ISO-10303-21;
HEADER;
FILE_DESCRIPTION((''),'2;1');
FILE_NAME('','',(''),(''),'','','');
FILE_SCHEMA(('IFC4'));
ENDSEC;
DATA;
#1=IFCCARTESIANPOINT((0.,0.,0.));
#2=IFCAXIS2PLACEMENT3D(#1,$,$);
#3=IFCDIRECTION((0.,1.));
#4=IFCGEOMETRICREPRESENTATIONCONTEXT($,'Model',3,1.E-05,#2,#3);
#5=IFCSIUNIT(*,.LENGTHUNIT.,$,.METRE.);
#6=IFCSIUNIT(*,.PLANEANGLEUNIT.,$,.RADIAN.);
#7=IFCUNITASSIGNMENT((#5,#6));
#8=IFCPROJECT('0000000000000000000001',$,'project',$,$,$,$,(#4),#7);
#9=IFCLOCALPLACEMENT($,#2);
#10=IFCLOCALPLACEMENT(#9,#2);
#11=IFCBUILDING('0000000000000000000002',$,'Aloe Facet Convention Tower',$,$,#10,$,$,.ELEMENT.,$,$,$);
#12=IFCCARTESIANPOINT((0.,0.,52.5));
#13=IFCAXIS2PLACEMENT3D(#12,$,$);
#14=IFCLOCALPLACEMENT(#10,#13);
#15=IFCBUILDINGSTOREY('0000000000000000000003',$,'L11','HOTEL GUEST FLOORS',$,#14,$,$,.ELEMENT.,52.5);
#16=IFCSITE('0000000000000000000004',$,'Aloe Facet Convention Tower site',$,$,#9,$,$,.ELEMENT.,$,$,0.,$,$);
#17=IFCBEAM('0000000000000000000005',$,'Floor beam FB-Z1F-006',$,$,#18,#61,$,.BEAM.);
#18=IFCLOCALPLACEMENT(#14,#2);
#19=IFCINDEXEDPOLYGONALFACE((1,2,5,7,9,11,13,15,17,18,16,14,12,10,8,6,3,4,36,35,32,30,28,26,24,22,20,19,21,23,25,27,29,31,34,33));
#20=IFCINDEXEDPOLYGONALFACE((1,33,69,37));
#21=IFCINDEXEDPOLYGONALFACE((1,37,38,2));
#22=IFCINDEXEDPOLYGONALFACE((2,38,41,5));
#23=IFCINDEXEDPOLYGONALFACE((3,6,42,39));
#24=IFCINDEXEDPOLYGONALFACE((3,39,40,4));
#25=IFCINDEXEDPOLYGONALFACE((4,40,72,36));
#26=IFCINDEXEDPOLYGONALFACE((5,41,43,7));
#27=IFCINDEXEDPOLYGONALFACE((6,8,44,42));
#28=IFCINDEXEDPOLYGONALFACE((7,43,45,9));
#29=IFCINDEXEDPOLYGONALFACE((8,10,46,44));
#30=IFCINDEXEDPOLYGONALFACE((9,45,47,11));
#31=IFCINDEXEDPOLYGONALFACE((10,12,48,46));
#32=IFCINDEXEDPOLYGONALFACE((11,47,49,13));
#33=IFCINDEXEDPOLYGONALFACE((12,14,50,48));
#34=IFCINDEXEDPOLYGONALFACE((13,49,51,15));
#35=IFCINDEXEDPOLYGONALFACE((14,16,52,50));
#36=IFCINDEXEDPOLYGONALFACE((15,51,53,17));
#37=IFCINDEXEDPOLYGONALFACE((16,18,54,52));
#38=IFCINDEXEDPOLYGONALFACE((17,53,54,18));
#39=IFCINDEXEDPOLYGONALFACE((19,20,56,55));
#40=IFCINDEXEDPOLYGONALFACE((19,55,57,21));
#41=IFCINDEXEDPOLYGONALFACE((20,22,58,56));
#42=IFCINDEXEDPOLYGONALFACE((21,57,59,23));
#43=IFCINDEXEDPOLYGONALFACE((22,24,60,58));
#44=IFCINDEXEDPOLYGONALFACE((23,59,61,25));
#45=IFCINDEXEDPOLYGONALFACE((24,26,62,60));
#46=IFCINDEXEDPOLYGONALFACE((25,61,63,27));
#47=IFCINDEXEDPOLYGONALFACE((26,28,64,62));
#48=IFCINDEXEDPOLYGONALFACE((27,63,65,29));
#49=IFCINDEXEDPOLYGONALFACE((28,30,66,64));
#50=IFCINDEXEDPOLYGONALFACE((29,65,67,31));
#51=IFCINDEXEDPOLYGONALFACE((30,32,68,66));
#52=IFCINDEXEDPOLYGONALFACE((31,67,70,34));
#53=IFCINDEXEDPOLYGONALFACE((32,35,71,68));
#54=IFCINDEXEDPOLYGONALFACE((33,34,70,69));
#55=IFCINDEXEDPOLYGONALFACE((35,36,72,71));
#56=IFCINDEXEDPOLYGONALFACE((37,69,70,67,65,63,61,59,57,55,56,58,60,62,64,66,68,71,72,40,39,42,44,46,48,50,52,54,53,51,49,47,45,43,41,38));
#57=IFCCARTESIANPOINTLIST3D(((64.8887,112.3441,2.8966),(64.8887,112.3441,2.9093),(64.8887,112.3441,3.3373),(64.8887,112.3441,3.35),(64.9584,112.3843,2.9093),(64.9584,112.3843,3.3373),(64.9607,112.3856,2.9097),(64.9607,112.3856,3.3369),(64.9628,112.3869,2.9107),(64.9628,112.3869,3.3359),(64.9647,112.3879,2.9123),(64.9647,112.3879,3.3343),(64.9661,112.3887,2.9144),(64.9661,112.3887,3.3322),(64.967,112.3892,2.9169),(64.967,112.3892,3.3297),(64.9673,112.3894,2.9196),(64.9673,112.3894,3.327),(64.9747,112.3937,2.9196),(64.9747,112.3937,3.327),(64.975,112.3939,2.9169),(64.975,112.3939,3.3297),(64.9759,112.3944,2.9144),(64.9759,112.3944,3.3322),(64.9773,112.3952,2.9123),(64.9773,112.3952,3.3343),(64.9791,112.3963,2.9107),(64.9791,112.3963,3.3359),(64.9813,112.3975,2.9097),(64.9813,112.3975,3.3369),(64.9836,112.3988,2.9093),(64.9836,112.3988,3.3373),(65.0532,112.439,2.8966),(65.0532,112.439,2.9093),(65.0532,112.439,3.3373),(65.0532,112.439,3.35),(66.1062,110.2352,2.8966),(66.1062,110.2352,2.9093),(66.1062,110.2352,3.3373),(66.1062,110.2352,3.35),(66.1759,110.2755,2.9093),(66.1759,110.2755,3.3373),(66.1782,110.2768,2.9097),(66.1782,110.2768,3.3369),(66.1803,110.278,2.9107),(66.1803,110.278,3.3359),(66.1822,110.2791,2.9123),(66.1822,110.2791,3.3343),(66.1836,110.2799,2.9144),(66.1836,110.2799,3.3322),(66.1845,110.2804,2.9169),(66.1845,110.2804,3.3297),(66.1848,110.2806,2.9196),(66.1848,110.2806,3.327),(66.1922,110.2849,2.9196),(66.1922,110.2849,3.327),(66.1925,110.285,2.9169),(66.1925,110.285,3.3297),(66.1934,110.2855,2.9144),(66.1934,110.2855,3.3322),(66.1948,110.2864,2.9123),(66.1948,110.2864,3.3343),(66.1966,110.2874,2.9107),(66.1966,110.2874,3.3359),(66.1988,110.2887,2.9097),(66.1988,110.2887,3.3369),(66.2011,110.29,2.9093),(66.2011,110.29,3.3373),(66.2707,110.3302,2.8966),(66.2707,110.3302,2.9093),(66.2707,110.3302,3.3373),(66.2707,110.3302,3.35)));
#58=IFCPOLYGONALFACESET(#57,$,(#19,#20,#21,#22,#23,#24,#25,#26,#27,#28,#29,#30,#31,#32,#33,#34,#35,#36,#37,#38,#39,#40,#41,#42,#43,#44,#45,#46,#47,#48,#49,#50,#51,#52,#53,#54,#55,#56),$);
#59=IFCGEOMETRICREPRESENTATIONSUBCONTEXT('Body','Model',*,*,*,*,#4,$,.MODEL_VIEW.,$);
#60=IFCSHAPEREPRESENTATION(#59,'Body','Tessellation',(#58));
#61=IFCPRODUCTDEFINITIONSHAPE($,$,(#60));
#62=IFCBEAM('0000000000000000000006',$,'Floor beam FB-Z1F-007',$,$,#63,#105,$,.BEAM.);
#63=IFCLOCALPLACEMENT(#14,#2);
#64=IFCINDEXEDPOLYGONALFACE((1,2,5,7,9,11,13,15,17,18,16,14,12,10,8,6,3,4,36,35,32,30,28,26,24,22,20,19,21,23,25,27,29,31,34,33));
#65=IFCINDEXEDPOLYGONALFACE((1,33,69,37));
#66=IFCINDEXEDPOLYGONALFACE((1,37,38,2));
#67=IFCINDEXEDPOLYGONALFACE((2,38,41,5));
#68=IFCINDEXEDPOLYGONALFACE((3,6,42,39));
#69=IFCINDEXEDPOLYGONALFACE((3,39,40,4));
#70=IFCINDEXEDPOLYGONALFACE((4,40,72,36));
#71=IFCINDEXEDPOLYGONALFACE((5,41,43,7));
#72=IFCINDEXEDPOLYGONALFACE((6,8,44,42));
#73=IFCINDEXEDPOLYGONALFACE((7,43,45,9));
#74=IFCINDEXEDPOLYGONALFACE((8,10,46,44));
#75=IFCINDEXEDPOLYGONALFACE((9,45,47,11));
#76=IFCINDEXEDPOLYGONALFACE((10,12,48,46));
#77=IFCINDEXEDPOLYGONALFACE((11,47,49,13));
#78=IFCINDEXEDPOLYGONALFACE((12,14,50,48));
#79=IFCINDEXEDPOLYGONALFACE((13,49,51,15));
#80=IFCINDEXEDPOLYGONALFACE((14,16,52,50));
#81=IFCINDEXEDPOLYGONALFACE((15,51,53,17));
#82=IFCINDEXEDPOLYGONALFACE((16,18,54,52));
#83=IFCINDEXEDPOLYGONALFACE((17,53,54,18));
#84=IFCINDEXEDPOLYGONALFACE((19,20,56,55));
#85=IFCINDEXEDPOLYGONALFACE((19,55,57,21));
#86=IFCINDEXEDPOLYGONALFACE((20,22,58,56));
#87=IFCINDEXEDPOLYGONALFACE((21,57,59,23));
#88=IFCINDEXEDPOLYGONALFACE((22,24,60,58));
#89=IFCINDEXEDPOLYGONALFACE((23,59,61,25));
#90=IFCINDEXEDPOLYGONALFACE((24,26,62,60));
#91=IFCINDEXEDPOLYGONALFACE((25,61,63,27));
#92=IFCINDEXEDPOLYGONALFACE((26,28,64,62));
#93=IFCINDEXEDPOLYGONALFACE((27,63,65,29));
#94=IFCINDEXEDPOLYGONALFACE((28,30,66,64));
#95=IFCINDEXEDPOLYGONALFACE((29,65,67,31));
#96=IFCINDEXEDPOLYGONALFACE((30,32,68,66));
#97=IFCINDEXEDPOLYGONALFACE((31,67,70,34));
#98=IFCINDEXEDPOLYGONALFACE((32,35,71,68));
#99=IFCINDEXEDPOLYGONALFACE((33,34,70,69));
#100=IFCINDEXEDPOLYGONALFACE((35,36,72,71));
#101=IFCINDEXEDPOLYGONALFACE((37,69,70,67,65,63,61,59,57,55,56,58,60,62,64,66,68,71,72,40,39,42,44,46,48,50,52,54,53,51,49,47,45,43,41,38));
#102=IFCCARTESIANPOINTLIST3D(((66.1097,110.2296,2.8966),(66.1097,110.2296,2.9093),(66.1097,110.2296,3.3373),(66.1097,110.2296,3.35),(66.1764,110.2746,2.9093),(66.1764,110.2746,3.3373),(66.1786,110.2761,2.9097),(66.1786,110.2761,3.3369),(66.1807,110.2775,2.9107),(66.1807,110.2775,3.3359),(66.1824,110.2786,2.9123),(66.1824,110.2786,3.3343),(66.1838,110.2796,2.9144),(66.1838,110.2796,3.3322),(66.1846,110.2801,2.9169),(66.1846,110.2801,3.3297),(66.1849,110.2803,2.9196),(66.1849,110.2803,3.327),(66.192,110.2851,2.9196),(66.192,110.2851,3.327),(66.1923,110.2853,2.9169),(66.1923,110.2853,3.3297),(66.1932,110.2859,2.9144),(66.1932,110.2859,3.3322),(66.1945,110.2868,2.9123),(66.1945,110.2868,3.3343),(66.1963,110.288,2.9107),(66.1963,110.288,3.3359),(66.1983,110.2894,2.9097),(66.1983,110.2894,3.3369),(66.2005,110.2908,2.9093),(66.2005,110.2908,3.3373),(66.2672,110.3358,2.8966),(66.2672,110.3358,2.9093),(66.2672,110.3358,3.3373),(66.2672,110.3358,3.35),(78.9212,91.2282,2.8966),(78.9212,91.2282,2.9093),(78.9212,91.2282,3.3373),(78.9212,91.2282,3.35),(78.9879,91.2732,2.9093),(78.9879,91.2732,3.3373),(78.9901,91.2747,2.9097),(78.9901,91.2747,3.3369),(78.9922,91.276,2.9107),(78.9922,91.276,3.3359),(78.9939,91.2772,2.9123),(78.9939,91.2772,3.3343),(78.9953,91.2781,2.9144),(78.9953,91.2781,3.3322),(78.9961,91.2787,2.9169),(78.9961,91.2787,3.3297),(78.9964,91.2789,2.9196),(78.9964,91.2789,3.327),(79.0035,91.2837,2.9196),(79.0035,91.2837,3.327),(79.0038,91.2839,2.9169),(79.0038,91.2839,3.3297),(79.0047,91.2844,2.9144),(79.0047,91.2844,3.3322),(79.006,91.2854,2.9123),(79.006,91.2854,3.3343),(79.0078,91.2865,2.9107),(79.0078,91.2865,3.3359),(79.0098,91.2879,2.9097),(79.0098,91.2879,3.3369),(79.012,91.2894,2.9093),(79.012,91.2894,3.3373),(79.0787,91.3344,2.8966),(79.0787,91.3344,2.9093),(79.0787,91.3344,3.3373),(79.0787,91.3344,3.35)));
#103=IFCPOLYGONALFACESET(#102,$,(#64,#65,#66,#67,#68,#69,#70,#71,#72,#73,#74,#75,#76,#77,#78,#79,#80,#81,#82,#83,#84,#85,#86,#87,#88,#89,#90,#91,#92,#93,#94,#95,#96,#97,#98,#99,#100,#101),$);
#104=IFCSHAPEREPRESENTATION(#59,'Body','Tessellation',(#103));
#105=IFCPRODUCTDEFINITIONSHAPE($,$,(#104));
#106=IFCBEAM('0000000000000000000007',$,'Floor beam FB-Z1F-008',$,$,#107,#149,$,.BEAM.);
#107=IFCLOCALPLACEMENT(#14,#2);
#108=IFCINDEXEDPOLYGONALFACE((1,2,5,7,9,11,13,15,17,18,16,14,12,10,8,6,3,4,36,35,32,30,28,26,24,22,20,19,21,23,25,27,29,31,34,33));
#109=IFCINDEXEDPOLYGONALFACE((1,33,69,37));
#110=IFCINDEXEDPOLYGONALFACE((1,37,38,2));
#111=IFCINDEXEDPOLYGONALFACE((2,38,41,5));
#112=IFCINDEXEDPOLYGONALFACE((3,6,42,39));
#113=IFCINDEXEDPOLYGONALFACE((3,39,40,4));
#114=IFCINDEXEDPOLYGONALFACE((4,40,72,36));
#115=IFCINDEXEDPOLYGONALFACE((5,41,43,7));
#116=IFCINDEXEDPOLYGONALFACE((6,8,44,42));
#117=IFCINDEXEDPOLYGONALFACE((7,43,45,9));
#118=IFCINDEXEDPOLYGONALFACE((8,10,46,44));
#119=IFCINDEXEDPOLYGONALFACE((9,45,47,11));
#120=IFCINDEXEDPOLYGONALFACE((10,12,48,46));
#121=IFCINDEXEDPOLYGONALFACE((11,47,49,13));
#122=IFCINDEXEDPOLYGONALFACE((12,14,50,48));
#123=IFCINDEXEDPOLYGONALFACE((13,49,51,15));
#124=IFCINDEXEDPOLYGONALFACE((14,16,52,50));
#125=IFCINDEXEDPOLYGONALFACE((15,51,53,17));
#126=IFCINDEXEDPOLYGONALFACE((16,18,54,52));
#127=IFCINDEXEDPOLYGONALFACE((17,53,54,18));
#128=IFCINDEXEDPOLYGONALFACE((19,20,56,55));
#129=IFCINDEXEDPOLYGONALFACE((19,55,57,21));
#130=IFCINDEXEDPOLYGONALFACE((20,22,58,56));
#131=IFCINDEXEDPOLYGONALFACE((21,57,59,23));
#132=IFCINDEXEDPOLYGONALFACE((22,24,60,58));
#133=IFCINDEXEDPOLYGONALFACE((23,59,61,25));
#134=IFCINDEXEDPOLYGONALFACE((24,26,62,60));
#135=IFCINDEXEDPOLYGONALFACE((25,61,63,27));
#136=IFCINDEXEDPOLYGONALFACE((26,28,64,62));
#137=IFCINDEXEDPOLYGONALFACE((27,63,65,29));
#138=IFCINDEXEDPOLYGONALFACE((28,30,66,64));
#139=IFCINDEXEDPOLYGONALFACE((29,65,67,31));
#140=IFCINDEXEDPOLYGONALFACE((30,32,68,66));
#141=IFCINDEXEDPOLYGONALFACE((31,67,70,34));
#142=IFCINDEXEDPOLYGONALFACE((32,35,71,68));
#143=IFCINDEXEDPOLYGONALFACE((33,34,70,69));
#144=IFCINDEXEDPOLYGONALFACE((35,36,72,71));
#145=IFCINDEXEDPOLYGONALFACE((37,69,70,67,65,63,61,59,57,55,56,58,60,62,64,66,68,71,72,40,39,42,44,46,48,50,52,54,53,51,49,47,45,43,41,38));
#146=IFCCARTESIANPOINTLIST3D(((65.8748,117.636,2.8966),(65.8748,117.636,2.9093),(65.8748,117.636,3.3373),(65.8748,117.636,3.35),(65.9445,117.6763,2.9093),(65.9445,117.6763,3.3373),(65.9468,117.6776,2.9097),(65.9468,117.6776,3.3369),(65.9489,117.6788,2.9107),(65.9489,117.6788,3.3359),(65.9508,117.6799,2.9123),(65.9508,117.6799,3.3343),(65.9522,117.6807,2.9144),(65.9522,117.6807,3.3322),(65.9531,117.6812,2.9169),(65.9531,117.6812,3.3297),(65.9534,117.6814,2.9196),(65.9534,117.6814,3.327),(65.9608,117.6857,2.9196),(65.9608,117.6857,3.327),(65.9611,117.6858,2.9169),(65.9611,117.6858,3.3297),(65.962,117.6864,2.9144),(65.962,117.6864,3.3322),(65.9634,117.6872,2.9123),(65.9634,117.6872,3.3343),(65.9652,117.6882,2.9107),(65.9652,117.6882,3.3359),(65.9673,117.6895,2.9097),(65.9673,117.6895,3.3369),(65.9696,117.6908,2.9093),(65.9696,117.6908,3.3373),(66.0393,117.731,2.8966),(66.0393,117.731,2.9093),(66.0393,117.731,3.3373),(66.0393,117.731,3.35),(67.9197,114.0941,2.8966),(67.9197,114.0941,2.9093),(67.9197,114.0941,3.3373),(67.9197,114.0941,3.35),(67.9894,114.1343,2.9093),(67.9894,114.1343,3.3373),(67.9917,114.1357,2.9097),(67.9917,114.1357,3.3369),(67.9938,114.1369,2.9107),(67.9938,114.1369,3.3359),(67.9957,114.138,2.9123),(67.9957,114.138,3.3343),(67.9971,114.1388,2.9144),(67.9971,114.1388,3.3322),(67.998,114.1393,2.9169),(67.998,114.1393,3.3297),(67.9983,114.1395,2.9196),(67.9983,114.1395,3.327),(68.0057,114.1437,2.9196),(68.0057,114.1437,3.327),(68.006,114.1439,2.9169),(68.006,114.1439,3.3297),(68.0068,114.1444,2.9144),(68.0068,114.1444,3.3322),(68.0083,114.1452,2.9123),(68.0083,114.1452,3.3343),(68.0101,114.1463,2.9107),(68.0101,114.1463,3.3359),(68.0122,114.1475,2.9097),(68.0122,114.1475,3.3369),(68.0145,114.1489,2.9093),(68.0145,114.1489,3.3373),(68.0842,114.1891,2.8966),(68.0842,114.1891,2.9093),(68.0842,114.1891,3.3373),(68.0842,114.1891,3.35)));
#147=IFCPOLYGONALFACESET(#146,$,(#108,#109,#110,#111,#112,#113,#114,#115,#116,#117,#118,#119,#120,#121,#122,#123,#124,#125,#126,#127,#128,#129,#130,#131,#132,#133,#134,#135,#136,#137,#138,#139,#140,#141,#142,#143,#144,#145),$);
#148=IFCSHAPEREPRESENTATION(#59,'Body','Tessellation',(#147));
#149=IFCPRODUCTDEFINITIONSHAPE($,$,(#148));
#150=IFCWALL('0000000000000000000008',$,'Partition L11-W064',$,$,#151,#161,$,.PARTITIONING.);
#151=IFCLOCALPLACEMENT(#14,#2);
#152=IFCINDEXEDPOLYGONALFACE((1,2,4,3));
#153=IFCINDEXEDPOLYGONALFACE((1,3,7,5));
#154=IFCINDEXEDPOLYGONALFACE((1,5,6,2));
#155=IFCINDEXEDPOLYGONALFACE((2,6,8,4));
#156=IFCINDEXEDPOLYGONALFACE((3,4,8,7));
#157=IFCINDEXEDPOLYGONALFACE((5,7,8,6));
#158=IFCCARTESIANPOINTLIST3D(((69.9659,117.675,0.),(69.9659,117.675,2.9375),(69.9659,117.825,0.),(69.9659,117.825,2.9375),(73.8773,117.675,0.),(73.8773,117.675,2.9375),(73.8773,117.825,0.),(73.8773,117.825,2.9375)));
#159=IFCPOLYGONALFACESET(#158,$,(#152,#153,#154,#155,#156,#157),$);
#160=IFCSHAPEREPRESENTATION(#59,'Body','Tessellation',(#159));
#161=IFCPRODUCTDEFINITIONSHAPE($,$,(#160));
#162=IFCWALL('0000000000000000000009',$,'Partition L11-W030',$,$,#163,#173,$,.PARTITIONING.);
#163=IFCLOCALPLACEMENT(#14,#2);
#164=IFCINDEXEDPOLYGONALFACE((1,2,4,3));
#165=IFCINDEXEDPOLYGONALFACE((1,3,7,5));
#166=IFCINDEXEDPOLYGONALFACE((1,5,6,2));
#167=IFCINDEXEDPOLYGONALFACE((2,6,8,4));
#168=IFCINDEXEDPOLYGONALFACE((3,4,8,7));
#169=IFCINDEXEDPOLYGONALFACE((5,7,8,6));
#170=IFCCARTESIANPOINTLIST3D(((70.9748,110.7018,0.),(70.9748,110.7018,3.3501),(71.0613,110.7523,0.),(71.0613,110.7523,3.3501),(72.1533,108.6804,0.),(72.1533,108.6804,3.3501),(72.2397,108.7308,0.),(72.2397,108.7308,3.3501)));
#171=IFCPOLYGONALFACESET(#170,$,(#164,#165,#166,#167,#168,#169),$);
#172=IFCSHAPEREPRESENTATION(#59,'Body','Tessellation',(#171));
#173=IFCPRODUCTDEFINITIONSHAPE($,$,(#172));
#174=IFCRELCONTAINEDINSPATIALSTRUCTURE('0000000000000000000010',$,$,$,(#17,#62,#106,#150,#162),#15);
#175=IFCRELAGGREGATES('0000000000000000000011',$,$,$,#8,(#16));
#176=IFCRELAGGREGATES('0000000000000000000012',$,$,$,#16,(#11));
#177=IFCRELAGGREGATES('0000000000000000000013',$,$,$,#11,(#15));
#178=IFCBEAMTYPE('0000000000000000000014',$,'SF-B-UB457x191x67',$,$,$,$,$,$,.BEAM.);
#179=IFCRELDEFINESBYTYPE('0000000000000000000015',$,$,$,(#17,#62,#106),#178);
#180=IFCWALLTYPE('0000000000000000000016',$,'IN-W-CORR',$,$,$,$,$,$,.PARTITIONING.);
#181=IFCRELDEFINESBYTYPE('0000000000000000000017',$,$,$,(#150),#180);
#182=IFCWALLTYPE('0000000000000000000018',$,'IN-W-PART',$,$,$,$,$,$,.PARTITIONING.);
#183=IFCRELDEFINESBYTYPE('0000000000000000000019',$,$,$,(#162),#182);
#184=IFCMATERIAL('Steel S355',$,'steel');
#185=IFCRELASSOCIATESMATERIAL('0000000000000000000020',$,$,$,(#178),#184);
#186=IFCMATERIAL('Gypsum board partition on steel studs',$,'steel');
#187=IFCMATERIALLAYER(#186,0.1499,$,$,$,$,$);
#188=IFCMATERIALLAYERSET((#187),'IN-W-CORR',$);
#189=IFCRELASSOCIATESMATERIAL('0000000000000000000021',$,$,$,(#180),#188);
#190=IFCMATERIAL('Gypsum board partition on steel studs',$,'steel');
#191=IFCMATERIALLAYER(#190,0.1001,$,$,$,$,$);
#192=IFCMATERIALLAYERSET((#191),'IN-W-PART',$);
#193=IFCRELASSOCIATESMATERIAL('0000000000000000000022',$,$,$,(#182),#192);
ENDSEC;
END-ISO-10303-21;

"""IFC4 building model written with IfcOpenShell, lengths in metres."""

from ifc_helpers import new_model, si_unit, direction, frame, frame_2d, origin, origin_2d, place, context, subcontext, project, spatial, rectangle, i_section, extrude, material, layer, layer_set, material_profile, profile_set, type_object, element, save


model = new_model("IFC4")

# Units and contexts
model_context = context("Model", 3, precision=1e-05, world=origin(), true_north=direction((0.0, 1.0)))
body_context = subcontext(model_context, "Body", "Model", "MODEL_VIEW")
ifc_project = project(units=[si_unit("LENGTHUNIT", "METRE"), si_unit("PLANEANGLEUNIT", "RADIAN")], contexts=[model_context])

# Site, building, storey
site_placement = place(None, origin())
site = spatial("IfcSite", under=ifc_project, at=site_placement, Name="Aloe Facet Convention Tower site", CompositionType="ELEMENT", RefElevation=0.0)
building_placement = place(site_placement, origin())
building = spatial("IfcBuilding", under=site, at=building_placement, Name="Aloe Facet Convention Tower", CompositionType="ELEMENT")
storey_placement = place(building_placement, frame((0.0, 0.0, 52.5)))
storey = spatial("IfcBuildingStorey", under=building, at=storey_placement, Name="L11", Description="HOTEL GUEST FLOORS", CompositionType="ELEMENT", Elevation=52.5)

# Beams
ifc_material_1 = material(Name="Steel S355", Category="steel")
ifc_material_profile_1 = material_profile(ifc_material_1, i_section(OverallWidth=0.1899, OverallDepth=0.4534, WebThickness=0.0085, FlangeThickness=0.0127, FilletRadius=0.0103, at=origin_2d()), Name="UB 457x191x67")
ifc_profile_set_1 = profile_set([ifc_material_profile_1], Name="Steel S355")
beam_type_1 = type_object("IfcBeamType", Name="SF-B-UB457x191x67", PredefinedType="BEAM", material=ifc_profile_set_1)
beam_1_placement = place(storey_placement, frame((66.1885, 110.2827, 3.1233), z_axis=(-0.499989, 0.866032, 0.0), x_axis=(-0.866032, -0.499989, 0.0)))
element("IfcBeam", 1, at=beam_1_placement, inside=storey, type_object=beam_type_1, Name="Floor beam FB-Z1F-006", PredefinedType="BEAM", context=body_context, shape_type="SweptSolid", body=[
    extrude(i_section(OverallWidth=0.1899, OverallDepth=0.4534, WebThickness=0.0085, FlangeThickness=0.0127, FilletRadius=0.0103, at=origin_2d()), origin(), (0.0, 0.0, 1.0), 2.4351),
])
beam_2_placement = place(storey_placement, frame((66.1885, 110.2827, 3.1233), z_axis=(0.559039, -0.829141, 0.0), x_axis=(0.829141, 0.559039, 0.0)))
element("IfcBeam", 2, at=beam_2_placement, inside=storey, type_object=beam_type_1, Name="Floor beam FB-Z1F-007", PredefinedType="BEAM", context=body_context, shape_type="SweptSolid", body=[
    extrude(i_section(OverallWidth=0.1899, OverallDepth=0.4534, WebThickness=0.0085, FlangeThickness=0.0127, FilletRadius=0.0103, at=origin_2d()), origin(), (0.0, 0.0, 1.0), 22.917),
])
beam_3_placement = place(storey_placement, frame((68.002, 114.1416, 3.1233), z_axis=(-0.499991, 0.866031, 0.0), x_axis=(-0.866031, -0.499991, 0.0)))
element("IfcBeam", 3, at=beam_3_placement, inside=storey, type_object=beam_type_1, Name="Floor beam FB-Z1F-008", PredefinedType="BEAM", context=body_context, shape_type="SweptSolid", body=[
    extrude(i_section(OverallWidth=0.1899, OverallDepth=0.4534, WebThickness=0.0085, FlangeThickness=0.0127, FilletRadius=0.0103, at=origin_2d()), origin(), (0.0, 0.0, 1.0), 4.0898),
])

# Walls
ifc_material_2 = material(Name="Gypsum board partition on steel studs", Category="steel")
ifc_layer_1 = layer(ifc_material_2, 0.1499)
ifc_layer_set_1 = layer_set([ifc_layer_1], Name="IN-W-CORR")
wall_type_1 = type_object("IfcWallType", Name="IN-W-CORR", PredefinedType="PARTITIONING", material=ifc_layer_set_1)
wall_1_placement = place(storey_placement, frame((69.9661, 117.75, 0.0), z_axis=(0.0, 0.0, 1.0), x_axis=(1.0, 0.0, 0.0)))
element("IfcWall", 4, at=wall_1_placement, inside=storey, type_object=wall_type_1, Name="Partition L11-W064", PredefinedType="PARTITIONING", context=body_context, shape_type="SweptSolid", body=[
    extrude(rectangle(XDim=3.9114, YDim=0.1499, at=frame_2d((1.9556, 0.0))), origin(), (0.0, 0.0, 1.0), 2.9375),
])
ifc_material_3 = material(Name="Gypsum board partition on steel studs", Category="steel")
ifc_layer_2 = layer(ifc_material_3, 0.1001)
ifc_layer_set_2 = layer_set([ifc_layer_2], Name="IN-W-PART")
wall_type_2 = type_object("IfcWallType", Name="IN-W-PART", PredefinedType="PARTITIONING", material=ifc_layer_set_2)
wall_2_placement = place(storey_placement, frame((71.0181, 110.7271, 0.0), z_axis=(0.0, 0.0, 1.0), x_axis=(0.503637, -0.863915, 0.0)))
element("IfcWall", 5, at=wall_2_placement, inside=storey, type_object=wall_type_2, Name="Partition L11-W030", PredefinedType="PARTITIONING", context=body_context, shape_type="SweptSolid", body=[
    extrude(rectangle(XDim=2.3398, YDim=0.1001, at=frame_2d((1.1699, 0.0))), origin(), (0.0, 0.0, 1.0), 3.3501),
])

save(model, "model.ifc")
